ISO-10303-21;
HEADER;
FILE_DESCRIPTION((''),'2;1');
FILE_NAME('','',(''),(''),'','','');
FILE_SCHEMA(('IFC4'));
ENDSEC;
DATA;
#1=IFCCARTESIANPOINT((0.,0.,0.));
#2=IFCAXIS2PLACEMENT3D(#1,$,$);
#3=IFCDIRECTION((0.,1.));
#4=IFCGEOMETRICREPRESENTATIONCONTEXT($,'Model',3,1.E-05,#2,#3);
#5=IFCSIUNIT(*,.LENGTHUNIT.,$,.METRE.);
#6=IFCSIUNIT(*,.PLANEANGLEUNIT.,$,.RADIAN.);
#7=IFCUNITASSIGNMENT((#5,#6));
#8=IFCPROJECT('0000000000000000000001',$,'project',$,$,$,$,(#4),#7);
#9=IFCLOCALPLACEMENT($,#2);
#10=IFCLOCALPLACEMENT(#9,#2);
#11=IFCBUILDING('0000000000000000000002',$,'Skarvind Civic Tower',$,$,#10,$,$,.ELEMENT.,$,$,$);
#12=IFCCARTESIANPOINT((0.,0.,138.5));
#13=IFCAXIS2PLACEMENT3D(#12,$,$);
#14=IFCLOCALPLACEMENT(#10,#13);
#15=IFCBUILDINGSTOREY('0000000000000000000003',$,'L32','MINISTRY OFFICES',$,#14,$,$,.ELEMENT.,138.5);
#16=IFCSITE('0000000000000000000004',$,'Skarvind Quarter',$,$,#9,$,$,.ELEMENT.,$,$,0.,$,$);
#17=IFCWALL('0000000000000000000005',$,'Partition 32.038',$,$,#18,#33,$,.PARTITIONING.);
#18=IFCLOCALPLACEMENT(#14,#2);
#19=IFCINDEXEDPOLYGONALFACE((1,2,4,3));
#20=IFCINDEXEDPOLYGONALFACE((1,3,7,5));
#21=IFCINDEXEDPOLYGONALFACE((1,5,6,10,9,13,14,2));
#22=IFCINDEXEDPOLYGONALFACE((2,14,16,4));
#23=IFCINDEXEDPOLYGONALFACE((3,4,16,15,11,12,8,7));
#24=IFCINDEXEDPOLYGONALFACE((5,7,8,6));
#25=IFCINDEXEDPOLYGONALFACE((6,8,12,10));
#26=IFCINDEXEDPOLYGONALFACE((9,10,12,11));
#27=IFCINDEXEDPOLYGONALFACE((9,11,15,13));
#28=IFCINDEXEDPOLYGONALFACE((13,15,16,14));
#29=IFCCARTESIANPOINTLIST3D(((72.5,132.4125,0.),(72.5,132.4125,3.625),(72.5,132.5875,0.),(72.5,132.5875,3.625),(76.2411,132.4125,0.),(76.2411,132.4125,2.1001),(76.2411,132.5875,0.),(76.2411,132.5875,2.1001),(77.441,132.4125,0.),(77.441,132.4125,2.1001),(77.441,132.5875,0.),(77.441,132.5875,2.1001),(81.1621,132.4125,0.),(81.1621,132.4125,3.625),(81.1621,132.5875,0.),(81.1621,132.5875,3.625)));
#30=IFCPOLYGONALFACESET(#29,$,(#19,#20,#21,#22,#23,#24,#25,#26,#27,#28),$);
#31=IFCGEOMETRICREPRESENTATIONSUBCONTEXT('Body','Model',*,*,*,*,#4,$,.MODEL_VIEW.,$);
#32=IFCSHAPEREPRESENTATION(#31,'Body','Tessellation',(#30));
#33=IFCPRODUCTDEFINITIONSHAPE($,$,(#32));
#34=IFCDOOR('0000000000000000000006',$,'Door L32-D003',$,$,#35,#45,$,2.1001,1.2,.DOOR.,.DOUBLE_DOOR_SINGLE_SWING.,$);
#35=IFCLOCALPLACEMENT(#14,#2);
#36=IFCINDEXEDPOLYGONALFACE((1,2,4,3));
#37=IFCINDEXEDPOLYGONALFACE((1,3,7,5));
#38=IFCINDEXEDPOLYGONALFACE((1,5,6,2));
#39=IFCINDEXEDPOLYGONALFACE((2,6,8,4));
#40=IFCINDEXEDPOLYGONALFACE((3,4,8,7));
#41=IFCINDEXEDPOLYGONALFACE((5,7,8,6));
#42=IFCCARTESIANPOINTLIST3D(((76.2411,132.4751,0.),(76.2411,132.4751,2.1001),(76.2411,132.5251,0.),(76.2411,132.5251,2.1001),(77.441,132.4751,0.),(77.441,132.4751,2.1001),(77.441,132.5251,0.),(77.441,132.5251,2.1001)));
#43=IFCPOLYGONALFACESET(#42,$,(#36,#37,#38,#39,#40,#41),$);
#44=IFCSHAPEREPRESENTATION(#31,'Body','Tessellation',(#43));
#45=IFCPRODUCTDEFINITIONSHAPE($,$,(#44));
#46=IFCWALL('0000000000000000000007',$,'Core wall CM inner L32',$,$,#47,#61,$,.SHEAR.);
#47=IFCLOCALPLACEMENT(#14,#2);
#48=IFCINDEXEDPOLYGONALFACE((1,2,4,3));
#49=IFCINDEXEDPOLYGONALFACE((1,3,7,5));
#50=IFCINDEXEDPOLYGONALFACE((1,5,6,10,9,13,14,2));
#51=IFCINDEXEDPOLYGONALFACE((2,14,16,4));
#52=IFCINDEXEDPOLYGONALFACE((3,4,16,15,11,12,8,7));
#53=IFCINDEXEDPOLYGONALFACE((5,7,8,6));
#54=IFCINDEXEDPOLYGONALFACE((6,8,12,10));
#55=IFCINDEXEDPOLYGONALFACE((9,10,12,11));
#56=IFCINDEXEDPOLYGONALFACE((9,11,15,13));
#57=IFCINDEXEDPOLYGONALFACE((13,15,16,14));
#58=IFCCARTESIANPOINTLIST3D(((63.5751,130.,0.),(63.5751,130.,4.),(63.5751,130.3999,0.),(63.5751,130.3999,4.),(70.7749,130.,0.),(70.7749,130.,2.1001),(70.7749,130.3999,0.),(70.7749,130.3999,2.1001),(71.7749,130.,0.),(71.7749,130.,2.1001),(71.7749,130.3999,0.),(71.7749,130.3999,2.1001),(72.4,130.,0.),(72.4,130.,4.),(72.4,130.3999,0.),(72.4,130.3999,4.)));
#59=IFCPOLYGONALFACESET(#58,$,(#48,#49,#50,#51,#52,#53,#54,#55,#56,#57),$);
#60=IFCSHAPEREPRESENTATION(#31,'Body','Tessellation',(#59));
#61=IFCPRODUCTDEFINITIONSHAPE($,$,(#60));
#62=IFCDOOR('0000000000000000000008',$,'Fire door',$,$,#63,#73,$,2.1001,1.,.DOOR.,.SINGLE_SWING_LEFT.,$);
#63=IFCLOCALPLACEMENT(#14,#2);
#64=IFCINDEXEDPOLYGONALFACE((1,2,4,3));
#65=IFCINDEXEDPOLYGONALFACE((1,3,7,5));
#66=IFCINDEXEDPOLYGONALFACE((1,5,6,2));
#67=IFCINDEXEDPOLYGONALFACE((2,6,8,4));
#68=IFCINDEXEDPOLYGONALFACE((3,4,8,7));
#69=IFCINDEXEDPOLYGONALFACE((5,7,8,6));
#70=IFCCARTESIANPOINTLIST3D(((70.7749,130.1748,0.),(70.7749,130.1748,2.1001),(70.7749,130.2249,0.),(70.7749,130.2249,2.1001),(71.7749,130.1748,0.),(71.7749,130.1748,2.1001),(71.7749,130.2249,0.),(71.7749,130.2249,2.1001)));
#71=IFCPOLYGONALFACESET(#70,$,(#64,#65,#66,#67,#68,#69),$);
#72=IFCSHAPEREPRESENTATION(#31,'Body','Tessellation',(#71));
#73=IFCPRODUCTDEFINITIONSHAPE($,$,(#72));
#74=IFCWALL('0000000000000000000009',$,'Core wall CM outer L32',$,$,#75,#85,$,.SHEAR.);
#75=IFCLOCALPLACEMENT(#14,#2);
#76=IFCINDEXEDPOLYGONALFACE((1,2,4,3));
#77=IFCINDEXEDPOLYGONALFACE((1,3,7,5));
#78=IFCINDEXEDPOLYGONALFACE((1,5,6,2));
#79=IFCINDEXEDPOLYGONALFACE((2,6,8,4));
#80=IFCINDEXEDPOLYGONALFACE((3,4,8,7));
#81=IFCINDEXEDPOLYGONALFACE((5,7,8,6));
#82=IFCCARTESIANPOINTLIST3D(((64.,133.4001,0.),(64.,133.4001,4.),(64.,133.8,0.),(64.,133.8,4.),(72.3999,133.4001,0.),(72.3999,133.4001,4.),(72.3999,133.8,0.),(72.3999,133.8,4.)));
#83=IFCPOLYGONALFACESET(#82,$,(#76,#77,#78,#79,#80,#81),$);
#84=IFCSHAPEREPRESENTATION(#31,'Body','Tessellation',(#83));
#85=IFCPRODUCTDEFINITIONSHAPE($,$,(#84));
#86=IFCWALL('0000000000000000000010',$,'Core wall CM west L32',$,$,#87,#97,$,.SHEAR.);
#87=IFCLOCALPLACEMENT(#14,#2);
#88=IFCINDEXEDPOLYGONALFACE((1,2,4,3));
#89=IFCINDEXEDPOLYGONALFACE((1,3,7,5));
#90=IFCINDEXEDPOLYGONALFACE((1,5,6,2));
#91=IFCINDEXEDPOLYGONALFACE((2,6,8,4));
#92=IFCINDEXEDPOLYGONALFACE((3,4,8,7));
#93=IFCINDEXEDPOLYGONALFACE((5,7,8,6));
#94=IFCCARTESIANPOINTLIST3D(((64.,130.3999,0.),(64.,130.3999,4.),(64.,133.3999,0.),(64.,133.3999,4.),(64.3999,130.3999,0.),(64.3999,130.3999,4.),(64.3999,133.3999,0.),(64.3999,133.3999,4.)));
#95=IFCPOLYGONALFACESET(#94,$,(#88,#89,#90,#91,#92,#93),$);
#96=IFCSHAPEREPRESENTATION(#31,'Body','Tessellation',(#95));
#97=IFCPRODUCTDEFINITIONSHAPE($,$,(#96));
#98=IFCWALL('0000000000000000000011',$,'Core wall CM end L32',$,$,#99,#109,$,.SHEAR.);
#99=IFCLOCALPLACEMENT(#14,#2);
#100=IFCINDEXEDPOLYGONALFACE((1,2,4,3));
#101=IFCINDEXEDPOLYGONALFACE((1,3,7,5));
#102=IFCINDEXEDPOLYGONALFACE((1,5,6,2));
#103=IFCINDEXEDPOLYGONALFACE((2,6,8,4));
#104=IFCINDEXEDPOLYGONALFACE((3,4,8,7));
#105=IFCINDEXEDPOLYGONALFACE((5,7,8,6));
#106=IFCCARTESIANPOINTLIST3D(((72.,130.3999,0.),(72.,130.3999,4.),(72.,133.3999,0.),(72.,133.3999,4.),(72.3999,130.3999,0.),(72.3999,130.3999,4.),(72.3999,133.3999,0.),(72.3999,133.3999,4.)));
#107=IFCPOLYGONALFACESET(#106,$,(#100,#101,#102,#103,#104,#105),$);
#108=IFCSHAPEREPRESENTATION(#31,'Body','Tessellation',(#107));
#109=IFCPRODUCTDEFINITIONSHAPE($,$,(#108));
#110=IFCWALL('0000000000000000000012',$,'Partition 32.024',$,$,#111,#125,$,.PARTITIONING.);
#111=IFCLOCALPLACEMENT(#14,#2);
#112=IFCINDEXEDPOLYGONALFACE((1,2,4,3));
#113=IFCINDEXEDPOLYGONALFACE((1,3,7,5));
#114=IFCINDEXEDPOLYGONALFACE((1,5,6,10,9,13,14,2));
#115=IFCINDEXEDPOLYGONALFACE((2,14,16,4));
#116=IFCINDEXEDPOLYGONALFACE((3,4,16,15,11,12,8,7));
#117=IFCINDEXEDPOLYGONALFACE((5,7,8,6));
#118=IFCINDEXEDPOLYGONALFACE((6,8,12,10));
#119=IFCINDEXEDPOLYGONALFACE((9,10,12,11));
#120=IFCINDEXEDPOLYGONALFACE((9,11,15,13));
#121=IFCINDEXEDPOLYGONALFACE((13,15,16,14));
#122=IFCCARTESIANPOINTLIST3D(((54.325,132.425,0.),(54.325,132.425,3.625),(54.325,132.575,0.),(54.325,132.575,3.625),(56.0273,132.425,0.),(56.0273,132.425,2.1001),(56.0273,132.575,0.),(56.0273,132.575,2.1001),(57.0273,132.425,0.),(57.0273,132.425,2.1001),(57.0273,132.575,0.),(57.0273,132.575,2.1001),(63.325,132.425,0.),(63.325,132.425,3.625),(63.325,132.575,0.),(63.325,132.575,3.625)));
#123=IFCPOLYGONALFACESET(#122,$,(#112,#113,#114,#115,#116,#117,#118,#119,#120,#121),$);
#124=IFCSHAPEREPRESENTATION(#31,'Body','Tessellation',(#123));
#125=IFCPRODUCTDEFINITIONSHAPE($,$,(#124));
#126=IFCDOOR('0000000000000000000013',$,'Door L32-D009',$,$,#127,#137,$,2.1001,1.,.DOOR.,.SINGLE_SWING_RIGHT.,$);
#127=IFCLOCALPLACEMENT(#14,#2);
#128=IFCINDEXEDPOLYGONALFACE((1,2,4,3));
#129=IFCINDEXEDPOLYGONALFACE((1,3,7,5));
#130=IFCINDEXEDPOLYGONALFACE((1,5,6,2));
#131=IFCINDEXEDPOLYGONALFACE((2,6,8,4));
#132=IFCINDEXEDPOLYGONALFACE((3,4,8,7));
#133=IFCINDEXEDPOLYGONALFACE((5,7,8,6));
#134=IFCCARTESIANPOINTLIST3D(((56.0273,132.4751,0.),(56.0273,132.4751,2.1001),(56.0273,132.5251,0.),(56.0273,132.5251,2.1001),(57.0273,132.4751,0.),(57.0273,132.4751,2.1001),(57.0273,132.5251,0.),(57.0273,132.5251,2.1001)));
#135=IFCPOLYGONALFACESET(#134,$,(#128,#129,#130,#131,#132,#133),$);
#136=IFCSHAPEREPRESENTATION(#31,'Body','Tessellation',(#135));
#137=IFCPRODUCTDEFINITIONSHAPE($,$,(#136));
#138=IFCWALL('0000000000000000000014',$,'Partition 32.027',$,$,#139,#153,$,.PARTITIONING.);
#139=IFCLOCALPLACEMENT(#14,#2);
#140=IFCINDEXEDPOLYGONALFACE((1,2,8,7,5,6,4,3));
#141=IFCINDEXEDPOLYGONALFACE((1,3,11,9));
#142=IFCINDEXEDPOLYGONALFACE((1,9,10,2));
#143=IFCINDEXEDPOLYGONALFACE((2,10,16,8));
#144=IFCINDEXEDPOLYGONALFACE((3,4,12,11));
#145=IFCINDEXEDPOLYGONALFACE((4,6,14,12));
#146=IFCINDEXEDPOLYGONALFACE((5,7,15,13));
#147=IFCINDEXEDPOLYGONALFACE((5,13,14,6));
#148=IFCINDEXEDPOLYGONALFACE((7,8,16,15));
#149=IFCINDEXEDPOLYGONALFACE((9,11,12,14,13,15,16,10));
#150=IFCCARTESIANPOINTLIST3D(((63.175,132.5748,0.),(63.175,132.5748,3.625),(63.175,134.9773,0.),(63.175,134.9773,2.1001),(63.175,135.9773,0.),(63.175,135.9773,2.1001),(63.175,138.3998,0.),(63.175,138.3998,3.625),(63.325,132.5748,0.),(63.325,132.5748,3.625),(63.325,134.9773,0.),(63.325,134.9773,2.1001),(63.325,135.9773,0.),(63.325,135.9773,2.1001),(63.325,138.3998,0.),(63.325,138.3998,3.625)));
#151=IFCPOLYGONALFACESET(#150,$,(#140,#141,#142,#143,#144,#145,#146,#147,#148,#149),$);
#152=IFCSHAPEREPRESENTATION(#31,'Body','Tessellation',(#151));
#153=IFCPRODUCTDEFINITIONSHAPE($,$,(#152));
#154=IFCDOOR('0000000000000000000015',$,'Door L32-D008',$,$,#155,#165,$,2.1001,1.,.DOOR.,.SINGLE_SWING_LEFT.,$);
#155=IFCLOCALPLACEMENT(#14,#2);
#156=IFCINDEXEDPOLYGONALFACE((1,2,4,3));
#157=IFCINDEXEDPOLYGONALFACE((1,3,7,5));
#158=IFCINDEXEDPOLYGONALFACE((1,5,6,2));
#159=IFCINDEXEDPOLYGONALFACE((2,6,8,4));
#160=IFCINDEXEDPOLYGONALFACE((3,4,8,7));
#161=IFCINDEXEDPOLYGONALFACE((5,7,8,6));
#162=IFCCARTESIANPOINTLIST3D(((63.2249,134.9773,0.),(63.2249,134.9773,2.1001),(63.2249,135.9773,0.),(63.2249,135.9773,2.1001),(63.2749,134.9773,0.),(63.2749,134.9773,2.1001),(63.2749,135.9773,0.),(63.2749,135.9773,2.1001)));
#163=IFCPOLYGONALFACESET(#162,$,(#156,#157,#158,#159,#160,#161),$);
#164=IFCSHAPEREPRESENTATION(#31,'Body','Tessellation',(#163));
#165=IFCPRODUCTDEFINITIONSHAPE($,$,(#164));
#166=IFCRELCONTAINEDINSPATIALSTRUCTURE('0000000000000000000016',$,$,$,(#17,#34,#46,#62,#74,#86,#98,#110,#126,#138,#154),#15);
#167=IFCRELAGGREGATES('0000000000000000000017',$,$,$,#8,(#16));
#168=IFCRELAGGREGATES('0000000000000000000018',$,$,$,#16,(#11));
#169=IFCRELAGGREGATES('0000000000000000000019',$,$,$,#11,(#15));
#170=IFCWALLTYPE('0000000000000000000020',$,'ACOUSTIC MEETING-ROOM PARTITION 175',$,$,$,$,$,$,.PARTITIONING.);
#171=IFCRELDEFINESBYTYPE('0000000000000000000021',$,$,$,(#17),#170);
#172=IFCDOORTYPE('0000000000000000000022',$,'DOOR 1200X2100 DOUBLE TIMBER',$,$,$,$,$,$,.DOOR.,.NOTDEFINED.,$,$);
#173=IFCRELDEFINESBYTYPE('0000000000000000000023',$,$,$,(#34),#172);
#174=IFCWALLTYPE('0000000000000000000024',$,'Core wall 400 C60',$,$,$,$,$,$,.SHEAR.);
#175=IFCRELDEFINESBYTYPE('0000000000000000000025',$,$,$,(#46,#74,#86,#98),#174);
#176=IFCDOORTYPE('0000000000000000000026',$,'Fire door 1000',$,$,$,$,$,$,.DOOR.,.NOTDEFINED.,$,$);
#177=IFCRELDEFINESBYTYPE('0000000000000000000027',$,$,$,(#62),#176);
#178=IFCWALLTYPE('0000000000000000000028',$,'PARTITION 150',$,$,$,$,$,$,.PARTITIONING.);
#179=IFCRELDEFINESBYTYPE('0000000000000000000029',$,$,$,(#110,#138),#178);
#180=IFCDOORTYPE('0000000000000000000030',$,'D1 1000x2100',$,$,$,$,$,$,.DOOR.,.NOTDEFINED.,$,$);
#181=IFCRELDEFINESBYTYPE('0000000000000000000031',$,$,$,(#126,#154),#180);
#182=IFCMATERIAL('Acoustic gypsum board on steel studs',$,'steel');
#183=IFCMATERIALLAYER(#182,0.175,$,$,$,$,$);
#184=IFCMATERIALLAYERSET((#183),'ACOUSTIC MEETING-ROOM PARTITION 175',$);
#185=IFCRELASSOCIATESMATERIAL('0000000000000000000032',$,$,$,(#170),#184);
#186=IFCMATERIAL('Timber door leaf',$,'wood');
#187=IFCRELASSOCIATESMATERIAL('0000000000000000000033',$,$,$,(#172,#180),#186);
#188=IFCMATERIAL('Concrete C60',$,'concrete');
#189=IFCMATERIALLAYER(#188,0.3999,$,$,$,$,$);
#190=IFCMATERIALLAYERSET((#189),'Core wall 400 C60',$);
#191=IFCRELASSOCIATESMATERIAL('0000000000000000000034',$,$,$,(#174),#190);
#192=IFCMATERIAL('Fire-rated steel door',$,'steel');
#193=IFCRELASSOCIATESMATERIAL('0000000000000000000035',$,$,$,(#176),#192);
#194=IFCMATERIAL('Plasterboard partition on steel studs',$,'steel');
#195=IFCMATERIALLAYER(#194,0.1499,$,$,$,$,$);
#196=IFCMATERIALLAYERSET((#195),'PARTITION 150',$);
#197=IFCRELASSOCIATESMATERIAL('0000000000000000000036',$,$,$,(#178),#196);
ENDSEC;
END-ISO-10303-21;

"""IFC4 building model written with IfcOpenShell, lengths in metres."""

from ifc_helpers import new_model, si_unit, direction, frame, frame_2d, origin, place, context, subcontext, project, spatial, rectangle, extrude, material, layer, layer_set, type_object, element, fill, save


model = new_model("IFC4")

# Units and contexts
model_context = context("Model", 3, precision=1e-05, world=origin(), true_north=direction((0.0, 1.0)))
body_context = subcontext(model_context, "Body", "Model", "MODEL_VIEW")
ifc_project = project(units=[si_unit("LENGTHUNIT", "METRE"), si_unit("PLANEANGLEUNIT", "RADIAN")], contexts=[model_context])

# Site, building, storey
site_placement = place(None, origin())
site = spatial("IfcSite", under=ifc_project, at=site_placement, Name="Skarvind Quarter", CompositionType="ELEMENT", RefElevation=0.0)
building_placement = place(site_placement, origin())
building = spatial("IfcBuilding", under=site, at=building_placement, Name="Skarvind Civic Tower", CompositionType="ELEMENT")
storey_placement = place(building_placement, frame((0.0, 0.0, 138.5)))
storey = spatial("IfcBuildingStorey", under=building, at=storey_placement, Name="L32", Description="MINISTRY OFFICES", CompositionType="ELEMENT", Elevation=138.5)

# Shared definitions
ifc_material_1 = material(Name="Concrete C60", Category="concrete")

# Shared definitions
ifc_material_2 = material(Name="Acoustic gypsum board on steel studs", Category="steel")
ifc_layer_1 = layer(ifc_material_2, 0.175)
ifc_layer_set_1 = layer_set([ifc_layer_1], Name="ACOUSTIC MEETING-ROOM PARTITION 175")
wall_type_1 = type_object("IfcWallType", Name="ACOUSTIC MEETING-ROOM PARTITION 175", PredefinedType="PARTITIONING", material=ifc_layer_set_1)

# Walls, openings, doors
ifc_material_3 = material(Name="Timber door leaf", Category="wood")
door_type_1 = type_object("IfcDoorType", Name="DOOR 1200X2100 DOUBLE TIMBER", OperationType="NOTDEFINED", PredefinedType="DOOR", material=ifc_material_3)
wall_1_placement = place(storey_placement, frame((81.1621, 132.5, 0.0), z_axis=(0.0, 0.0, 1.0), x_axis=(-1.0, 0.0, 0.0)))
wall_1 = element("IfcWall", 1, at=wall_1_placement, inside=storey, type_object=wall_type_1, Name="Partition 32.038", PredefinedType="PARTITIONING", context=body_context, shape_type="SweptSolid", body=[
    extrude(rectangle(XDim=8.6621, YDim=0.175, at=frame_2d((4.3311, 0.0))), origin(), (0.0, 0.0, 1.0), 3.625),
])
opening_1_placement = place(wall_1_placement, frame((3.7209, 0.0, 0.0)))
opening_1 = element("IfcOpeningElement", 2, at=opening_1_placement, cuts=wall_1, PredefinedType="OPENING", context=body_context, shape_type="SweptSolid", body=[
    extrude(rectangle(XDim=1.2, YDim=2.1001, at=frame_2d((0.6001, 1.05))), frame((0.0, 0.0974, 0.0), z_axis=(0.0, -1.0, 0.0), x_axis=(1.0, 0.0, 0.0)), (0.0, 0.0, 1.0), 0.1951),
])
door_1_placement = place(opening_1_placement, origin())
door_1 = element("IfcDoor", 3, at=door_1_placement, inside=storey, type_object=door_type_1, Name="Door L32-D003", OperationType="DOUBLE_DOOR_SINGLE_SWING", OverallHeight=2.1001, OverallWidth=1.2, PredefinedType="DOOR", context=body_context, shape_type="SweptSolid", body=[
    extrude(rectangle(XDim=1.2, YDim=2.1001, at=frame_2d((0.6001, 1.05))), frame((0.0, 0.0249, 0.0), z_axis=(0.0, -1.0, 0.0), x_axis=(1.0, 0.0, 0.0)), (0.0, 0.0, 1.0), 0.05),
])
fill(opening_1, door_1)
ifc_layer_2 = layer(ifc_material_1, 0.3999)
ifc_layer_set_2 = layer_set([ifc_layer_2], Name="Core wall 400 C60")
wall_type_2 = type_object("IfcWallType", Name="Core wall 400 C60", PredefinedType="SHEAR", material=ifc_layer_set_2)
wall_2_placement = place(storey_placement, frame((63.575, 130.2, 0.0), z_axis=(0.0, 0.0, 1.0), x_axis=(1.0, 0.0, 0.0)))
wall_2 = element("IfcWall", 4, at=wall_2_placement, inside=storey, type_object=wall_type_2, Name="Core wall CM inner L32", PredefinedType="SHEAR", context=body_context, shape_type="SweptSolid", body=[
    extrude(rectangle(XDim=8.825, YDim=0.3999, at=frame_2d((4.4126, 0.0))), origin(), (0.0, 0.0, 1.0), 4.0),
])
opening_2_placement = place(wall_2_placement, frame((7.2, 0.0, 0.0)))
opening_2 = element("IfcOpeningElement", 5, at=opening_2_placement, cuts=wall_2, PredefinedType="OPENING", context=body_context, shape_type="SweptSolid", body=[
    extrude(rectangle(XDim=1.0, YDim=2.1001, at=frame_2d((0.5, 1.05))), frame((0.0, 0.21, 0.0), z_axis=(0.0, -1.0, 0.0), x_axis=(1.0, 0.0, 0.0)), (0.0, 0.0, 1.0), 0.4199),
])
ifc_material_4 = material(Name="Fire-rated steel door", Category="steel")
door_type_2 = type_object("IfcDoorType", Name="Fire door 1000", OperationType="NOTDEFINED", PredefinedType="DOOR", material=ifc_material_4)
door_2_placement = place(opening_2_placement, origin())
door_2 = element("IfcDoor", 6, at=door_2_placement, inside=storey, type_object=door_type_2, Name="Fire door", OperationType="SINGLE_SWING_LEFT", OverallHeight=2.1001, OverallWidth=1.0, PredefinedType="DOOR", context=body_context, shape_type="SweptSolid", body=[
    extrude(rectangle(XDim=1.0, YDim=2.1001, at=frame_2d((0.5, 1.05))), frame((0.0, 0.0249, 0.0), z_axis=(0.0, -1.0, 0.0), x_axis=(1.0, 0.0, 0.0)), (0.0, 0.0, 1.0), 0.05),
])
fill(opening_2, door_2)

# Walls
wall_3_placement = place(storey_placement, frame((64.0, 133.6001, 0.0), z_axis=(0.0, 0.0, 1.0), x_axis=(1.0, 0.0, 0.0)))
element("IfcWall", 7, at=wall_3_placement, inside=storey, type_object=wall_type_2, Name="Core wall CM outer L32", PredefinedType="SHEAR", context=body_context, shape_type="SweptSolid", body=[
    extrude(rectangle(XDim=8.3999, YDim=0.3999, at=frame_2d((4.2, 0.0))), origin(), (0.0, 0.0, 1.0), 4.0),
])
for number, where, z_axis, x_axis, name in (
    (8, (64.2, 130.3999, 0.0), (0.0, 0.0, 1.0), (0.0, 1.0, 0.0), "Core wall CM west L32"),
    (9, (72.2, 130.3999, 0.0), (0.0, 0.0, 1.0), (0.0, 1.0, 0.0), "Core wall CM end L32"),
):
    element("IfcWall", number, at=place(storey_placement, frame(where, z_axis=z_axis, x_axis=x_axis)), inside=storey, type_object=wall_type_2, Name=name, PredefinedType="SHEAR", context=body_context, shape_type="SweptSolid", body=[
        extrude(rectangle(XDim=3.0, YDim=0.3999, at=frame_2d((1.5, 0.0))), origin(), (0.0, 0.0, 1.0), 4.0),
    ])

# Walls, openings, doors
ifc_material_5 = material(Name="Plasterboard partition on steel studs", Category="steel")
ifc_layer_3 = layer(ifc_material_5, 0.1499)
ifc_layer_set_3 = layer_set([ifc_layer_3], Name="PARTITION 150")
wall_type_3 = type_object("IfcWallType", Name="PARTITION 150", PredefinedType="PARTITIONING", material=ifc_layer_set_3)
wall_4_placement = place(storey_placement, frame((63.325, 132.5, 0.0), z_axis=(0.0, 0.0, 1.0), x_axis=(-1.0, 0.0, 0.0)))
wall_4 = element("IfcWall", 10, at=wall_4_placement, inside=storey, type_object=wall_type_3, Name="Partition 32.024", PredefinedType="PARTITIONING", context=body_context, shape_type="SweptSolid", body=[
    extrude(rectangle(XDim=9.0, YDim=0.1499, at=frame_2d((4.5, 0.0))), origin(), (0.0, 0.0, 1.0), 3.625),
])
opening_3_placement = place(wall_4_placement, frame((6.2976, 0.0, 0.0)))
opening_3 = element("IfcOpeningElement", 11, at=opening_3_placement, cuts=wall_4, PredefinedType="OPENING", context=body_context, shape_type="SweptSolid", body=[
    extrude(rectangle(XDim=1.0, YDim=2.1001, at=frame_2d((0.5, 1.05))), frame((0.0, 0.085, 0.0), z_axis=(0.0, -1.0, 0.0), x_axis=(1.0, 0.0, 0.0)), (0.0, 0.0, 1.0), 0.1699),
])
door_type_3 = type_object("IfcDoorType", Name="D1 1000x2100", OperationType="NOTDEFINED", PredefinedType="DOOR", material=ifc_material_3)
door_3_placement = place(opening_3_placement, origin())
door_3 = element("IfcDoor", 12, at=door_3_placement, inside=storey, type_object=door_type_3, Name="Door L32-D009", OperationType="SINGLE_SWING_RIGHT", OverallHeight=2.1001, OverallWidth=1.0, PredefinedType="DOOR", context=body_context, shape_type="SweptSolid", body=[
    extrude(rectangle(XDim=1.0, YDim=2.1001, at=frame_2d((0.5, 1.05))), frame((0.0, 0.0249, 0.0), z_axis=(0.0, -1.0, 0.0), x_axis=(1.0, 0.0, 0.0)), (0.0, 0.0, 1.0), 0.05),
])
fill(opening_3, door_3)
wall_5_placement = place(storey_placement, frame((63.25, 138.3999, 0.0), z_axis=(0.0, 0.0, 1.0), x_axis=(0.0, -1.0, 0.0)))
wall_5 = element("IfcWall", 13, at=wall_5_placement, inside=storey, type_object=wall_type_3, Name="Partition 32.027", PredefinedType="PARTITIONING", context=body_context, shape_type="SweptSolid", body=[
    extrude(rectangle(XDim=5.825, YDim=0.1499, at=frame_2d((2.9126, 0.0))), origin(), (0.0, 0.0, 1.0), 3.625),
])
opening_4_placement = place(wall_5_placement, frame((2.4226, 0.0, 0.0)))
opening_4 = element("IfcOpeningElement", 14, at=opening_4_placement, cuts=wall_5, PredefinedType="OPENING", context=body_context, shape_type="SweptSolid", body=[
    extrude(rectangle(XDim=1.0, YDim=2.1001, at=frame_2d((0.5, 1.05))), frame((0.0, 0.085, 0.0), z_axis=(0.0, -1.0, 0.0), x_axis=(1.0, 0.0, 0.0)), (0.0, 0.0, 1.0), 0.1699),
])
door_4_placement = place(opening_4_placement, origin())
door_4 = element("IfcDoor", 15, at=door_4_placement, inside=storey, type_object=door_type_3, Name="Door L32-D008", OperationType="SINGLE_SWING_LEFT", OverallHeight=2.1001, OverallWidth=1.0, PredefinedType="DOOR", context=body_context, shape_type="SweptSolid", body=[
    extrude(rectangle(XDim=1.0, YDim=2.1001, at=frame_2d((0.5, 1.05))), frame((0.0, 0.0249, 0.0), z_axis=(0.0, -1.0, 0.0), x_axis=(1.0, 0.0, 0.0)), (0.0, 0.0, 1.0), 0.05),
])
fill(opening_4, door_4)

save(model, "model.ifc")
